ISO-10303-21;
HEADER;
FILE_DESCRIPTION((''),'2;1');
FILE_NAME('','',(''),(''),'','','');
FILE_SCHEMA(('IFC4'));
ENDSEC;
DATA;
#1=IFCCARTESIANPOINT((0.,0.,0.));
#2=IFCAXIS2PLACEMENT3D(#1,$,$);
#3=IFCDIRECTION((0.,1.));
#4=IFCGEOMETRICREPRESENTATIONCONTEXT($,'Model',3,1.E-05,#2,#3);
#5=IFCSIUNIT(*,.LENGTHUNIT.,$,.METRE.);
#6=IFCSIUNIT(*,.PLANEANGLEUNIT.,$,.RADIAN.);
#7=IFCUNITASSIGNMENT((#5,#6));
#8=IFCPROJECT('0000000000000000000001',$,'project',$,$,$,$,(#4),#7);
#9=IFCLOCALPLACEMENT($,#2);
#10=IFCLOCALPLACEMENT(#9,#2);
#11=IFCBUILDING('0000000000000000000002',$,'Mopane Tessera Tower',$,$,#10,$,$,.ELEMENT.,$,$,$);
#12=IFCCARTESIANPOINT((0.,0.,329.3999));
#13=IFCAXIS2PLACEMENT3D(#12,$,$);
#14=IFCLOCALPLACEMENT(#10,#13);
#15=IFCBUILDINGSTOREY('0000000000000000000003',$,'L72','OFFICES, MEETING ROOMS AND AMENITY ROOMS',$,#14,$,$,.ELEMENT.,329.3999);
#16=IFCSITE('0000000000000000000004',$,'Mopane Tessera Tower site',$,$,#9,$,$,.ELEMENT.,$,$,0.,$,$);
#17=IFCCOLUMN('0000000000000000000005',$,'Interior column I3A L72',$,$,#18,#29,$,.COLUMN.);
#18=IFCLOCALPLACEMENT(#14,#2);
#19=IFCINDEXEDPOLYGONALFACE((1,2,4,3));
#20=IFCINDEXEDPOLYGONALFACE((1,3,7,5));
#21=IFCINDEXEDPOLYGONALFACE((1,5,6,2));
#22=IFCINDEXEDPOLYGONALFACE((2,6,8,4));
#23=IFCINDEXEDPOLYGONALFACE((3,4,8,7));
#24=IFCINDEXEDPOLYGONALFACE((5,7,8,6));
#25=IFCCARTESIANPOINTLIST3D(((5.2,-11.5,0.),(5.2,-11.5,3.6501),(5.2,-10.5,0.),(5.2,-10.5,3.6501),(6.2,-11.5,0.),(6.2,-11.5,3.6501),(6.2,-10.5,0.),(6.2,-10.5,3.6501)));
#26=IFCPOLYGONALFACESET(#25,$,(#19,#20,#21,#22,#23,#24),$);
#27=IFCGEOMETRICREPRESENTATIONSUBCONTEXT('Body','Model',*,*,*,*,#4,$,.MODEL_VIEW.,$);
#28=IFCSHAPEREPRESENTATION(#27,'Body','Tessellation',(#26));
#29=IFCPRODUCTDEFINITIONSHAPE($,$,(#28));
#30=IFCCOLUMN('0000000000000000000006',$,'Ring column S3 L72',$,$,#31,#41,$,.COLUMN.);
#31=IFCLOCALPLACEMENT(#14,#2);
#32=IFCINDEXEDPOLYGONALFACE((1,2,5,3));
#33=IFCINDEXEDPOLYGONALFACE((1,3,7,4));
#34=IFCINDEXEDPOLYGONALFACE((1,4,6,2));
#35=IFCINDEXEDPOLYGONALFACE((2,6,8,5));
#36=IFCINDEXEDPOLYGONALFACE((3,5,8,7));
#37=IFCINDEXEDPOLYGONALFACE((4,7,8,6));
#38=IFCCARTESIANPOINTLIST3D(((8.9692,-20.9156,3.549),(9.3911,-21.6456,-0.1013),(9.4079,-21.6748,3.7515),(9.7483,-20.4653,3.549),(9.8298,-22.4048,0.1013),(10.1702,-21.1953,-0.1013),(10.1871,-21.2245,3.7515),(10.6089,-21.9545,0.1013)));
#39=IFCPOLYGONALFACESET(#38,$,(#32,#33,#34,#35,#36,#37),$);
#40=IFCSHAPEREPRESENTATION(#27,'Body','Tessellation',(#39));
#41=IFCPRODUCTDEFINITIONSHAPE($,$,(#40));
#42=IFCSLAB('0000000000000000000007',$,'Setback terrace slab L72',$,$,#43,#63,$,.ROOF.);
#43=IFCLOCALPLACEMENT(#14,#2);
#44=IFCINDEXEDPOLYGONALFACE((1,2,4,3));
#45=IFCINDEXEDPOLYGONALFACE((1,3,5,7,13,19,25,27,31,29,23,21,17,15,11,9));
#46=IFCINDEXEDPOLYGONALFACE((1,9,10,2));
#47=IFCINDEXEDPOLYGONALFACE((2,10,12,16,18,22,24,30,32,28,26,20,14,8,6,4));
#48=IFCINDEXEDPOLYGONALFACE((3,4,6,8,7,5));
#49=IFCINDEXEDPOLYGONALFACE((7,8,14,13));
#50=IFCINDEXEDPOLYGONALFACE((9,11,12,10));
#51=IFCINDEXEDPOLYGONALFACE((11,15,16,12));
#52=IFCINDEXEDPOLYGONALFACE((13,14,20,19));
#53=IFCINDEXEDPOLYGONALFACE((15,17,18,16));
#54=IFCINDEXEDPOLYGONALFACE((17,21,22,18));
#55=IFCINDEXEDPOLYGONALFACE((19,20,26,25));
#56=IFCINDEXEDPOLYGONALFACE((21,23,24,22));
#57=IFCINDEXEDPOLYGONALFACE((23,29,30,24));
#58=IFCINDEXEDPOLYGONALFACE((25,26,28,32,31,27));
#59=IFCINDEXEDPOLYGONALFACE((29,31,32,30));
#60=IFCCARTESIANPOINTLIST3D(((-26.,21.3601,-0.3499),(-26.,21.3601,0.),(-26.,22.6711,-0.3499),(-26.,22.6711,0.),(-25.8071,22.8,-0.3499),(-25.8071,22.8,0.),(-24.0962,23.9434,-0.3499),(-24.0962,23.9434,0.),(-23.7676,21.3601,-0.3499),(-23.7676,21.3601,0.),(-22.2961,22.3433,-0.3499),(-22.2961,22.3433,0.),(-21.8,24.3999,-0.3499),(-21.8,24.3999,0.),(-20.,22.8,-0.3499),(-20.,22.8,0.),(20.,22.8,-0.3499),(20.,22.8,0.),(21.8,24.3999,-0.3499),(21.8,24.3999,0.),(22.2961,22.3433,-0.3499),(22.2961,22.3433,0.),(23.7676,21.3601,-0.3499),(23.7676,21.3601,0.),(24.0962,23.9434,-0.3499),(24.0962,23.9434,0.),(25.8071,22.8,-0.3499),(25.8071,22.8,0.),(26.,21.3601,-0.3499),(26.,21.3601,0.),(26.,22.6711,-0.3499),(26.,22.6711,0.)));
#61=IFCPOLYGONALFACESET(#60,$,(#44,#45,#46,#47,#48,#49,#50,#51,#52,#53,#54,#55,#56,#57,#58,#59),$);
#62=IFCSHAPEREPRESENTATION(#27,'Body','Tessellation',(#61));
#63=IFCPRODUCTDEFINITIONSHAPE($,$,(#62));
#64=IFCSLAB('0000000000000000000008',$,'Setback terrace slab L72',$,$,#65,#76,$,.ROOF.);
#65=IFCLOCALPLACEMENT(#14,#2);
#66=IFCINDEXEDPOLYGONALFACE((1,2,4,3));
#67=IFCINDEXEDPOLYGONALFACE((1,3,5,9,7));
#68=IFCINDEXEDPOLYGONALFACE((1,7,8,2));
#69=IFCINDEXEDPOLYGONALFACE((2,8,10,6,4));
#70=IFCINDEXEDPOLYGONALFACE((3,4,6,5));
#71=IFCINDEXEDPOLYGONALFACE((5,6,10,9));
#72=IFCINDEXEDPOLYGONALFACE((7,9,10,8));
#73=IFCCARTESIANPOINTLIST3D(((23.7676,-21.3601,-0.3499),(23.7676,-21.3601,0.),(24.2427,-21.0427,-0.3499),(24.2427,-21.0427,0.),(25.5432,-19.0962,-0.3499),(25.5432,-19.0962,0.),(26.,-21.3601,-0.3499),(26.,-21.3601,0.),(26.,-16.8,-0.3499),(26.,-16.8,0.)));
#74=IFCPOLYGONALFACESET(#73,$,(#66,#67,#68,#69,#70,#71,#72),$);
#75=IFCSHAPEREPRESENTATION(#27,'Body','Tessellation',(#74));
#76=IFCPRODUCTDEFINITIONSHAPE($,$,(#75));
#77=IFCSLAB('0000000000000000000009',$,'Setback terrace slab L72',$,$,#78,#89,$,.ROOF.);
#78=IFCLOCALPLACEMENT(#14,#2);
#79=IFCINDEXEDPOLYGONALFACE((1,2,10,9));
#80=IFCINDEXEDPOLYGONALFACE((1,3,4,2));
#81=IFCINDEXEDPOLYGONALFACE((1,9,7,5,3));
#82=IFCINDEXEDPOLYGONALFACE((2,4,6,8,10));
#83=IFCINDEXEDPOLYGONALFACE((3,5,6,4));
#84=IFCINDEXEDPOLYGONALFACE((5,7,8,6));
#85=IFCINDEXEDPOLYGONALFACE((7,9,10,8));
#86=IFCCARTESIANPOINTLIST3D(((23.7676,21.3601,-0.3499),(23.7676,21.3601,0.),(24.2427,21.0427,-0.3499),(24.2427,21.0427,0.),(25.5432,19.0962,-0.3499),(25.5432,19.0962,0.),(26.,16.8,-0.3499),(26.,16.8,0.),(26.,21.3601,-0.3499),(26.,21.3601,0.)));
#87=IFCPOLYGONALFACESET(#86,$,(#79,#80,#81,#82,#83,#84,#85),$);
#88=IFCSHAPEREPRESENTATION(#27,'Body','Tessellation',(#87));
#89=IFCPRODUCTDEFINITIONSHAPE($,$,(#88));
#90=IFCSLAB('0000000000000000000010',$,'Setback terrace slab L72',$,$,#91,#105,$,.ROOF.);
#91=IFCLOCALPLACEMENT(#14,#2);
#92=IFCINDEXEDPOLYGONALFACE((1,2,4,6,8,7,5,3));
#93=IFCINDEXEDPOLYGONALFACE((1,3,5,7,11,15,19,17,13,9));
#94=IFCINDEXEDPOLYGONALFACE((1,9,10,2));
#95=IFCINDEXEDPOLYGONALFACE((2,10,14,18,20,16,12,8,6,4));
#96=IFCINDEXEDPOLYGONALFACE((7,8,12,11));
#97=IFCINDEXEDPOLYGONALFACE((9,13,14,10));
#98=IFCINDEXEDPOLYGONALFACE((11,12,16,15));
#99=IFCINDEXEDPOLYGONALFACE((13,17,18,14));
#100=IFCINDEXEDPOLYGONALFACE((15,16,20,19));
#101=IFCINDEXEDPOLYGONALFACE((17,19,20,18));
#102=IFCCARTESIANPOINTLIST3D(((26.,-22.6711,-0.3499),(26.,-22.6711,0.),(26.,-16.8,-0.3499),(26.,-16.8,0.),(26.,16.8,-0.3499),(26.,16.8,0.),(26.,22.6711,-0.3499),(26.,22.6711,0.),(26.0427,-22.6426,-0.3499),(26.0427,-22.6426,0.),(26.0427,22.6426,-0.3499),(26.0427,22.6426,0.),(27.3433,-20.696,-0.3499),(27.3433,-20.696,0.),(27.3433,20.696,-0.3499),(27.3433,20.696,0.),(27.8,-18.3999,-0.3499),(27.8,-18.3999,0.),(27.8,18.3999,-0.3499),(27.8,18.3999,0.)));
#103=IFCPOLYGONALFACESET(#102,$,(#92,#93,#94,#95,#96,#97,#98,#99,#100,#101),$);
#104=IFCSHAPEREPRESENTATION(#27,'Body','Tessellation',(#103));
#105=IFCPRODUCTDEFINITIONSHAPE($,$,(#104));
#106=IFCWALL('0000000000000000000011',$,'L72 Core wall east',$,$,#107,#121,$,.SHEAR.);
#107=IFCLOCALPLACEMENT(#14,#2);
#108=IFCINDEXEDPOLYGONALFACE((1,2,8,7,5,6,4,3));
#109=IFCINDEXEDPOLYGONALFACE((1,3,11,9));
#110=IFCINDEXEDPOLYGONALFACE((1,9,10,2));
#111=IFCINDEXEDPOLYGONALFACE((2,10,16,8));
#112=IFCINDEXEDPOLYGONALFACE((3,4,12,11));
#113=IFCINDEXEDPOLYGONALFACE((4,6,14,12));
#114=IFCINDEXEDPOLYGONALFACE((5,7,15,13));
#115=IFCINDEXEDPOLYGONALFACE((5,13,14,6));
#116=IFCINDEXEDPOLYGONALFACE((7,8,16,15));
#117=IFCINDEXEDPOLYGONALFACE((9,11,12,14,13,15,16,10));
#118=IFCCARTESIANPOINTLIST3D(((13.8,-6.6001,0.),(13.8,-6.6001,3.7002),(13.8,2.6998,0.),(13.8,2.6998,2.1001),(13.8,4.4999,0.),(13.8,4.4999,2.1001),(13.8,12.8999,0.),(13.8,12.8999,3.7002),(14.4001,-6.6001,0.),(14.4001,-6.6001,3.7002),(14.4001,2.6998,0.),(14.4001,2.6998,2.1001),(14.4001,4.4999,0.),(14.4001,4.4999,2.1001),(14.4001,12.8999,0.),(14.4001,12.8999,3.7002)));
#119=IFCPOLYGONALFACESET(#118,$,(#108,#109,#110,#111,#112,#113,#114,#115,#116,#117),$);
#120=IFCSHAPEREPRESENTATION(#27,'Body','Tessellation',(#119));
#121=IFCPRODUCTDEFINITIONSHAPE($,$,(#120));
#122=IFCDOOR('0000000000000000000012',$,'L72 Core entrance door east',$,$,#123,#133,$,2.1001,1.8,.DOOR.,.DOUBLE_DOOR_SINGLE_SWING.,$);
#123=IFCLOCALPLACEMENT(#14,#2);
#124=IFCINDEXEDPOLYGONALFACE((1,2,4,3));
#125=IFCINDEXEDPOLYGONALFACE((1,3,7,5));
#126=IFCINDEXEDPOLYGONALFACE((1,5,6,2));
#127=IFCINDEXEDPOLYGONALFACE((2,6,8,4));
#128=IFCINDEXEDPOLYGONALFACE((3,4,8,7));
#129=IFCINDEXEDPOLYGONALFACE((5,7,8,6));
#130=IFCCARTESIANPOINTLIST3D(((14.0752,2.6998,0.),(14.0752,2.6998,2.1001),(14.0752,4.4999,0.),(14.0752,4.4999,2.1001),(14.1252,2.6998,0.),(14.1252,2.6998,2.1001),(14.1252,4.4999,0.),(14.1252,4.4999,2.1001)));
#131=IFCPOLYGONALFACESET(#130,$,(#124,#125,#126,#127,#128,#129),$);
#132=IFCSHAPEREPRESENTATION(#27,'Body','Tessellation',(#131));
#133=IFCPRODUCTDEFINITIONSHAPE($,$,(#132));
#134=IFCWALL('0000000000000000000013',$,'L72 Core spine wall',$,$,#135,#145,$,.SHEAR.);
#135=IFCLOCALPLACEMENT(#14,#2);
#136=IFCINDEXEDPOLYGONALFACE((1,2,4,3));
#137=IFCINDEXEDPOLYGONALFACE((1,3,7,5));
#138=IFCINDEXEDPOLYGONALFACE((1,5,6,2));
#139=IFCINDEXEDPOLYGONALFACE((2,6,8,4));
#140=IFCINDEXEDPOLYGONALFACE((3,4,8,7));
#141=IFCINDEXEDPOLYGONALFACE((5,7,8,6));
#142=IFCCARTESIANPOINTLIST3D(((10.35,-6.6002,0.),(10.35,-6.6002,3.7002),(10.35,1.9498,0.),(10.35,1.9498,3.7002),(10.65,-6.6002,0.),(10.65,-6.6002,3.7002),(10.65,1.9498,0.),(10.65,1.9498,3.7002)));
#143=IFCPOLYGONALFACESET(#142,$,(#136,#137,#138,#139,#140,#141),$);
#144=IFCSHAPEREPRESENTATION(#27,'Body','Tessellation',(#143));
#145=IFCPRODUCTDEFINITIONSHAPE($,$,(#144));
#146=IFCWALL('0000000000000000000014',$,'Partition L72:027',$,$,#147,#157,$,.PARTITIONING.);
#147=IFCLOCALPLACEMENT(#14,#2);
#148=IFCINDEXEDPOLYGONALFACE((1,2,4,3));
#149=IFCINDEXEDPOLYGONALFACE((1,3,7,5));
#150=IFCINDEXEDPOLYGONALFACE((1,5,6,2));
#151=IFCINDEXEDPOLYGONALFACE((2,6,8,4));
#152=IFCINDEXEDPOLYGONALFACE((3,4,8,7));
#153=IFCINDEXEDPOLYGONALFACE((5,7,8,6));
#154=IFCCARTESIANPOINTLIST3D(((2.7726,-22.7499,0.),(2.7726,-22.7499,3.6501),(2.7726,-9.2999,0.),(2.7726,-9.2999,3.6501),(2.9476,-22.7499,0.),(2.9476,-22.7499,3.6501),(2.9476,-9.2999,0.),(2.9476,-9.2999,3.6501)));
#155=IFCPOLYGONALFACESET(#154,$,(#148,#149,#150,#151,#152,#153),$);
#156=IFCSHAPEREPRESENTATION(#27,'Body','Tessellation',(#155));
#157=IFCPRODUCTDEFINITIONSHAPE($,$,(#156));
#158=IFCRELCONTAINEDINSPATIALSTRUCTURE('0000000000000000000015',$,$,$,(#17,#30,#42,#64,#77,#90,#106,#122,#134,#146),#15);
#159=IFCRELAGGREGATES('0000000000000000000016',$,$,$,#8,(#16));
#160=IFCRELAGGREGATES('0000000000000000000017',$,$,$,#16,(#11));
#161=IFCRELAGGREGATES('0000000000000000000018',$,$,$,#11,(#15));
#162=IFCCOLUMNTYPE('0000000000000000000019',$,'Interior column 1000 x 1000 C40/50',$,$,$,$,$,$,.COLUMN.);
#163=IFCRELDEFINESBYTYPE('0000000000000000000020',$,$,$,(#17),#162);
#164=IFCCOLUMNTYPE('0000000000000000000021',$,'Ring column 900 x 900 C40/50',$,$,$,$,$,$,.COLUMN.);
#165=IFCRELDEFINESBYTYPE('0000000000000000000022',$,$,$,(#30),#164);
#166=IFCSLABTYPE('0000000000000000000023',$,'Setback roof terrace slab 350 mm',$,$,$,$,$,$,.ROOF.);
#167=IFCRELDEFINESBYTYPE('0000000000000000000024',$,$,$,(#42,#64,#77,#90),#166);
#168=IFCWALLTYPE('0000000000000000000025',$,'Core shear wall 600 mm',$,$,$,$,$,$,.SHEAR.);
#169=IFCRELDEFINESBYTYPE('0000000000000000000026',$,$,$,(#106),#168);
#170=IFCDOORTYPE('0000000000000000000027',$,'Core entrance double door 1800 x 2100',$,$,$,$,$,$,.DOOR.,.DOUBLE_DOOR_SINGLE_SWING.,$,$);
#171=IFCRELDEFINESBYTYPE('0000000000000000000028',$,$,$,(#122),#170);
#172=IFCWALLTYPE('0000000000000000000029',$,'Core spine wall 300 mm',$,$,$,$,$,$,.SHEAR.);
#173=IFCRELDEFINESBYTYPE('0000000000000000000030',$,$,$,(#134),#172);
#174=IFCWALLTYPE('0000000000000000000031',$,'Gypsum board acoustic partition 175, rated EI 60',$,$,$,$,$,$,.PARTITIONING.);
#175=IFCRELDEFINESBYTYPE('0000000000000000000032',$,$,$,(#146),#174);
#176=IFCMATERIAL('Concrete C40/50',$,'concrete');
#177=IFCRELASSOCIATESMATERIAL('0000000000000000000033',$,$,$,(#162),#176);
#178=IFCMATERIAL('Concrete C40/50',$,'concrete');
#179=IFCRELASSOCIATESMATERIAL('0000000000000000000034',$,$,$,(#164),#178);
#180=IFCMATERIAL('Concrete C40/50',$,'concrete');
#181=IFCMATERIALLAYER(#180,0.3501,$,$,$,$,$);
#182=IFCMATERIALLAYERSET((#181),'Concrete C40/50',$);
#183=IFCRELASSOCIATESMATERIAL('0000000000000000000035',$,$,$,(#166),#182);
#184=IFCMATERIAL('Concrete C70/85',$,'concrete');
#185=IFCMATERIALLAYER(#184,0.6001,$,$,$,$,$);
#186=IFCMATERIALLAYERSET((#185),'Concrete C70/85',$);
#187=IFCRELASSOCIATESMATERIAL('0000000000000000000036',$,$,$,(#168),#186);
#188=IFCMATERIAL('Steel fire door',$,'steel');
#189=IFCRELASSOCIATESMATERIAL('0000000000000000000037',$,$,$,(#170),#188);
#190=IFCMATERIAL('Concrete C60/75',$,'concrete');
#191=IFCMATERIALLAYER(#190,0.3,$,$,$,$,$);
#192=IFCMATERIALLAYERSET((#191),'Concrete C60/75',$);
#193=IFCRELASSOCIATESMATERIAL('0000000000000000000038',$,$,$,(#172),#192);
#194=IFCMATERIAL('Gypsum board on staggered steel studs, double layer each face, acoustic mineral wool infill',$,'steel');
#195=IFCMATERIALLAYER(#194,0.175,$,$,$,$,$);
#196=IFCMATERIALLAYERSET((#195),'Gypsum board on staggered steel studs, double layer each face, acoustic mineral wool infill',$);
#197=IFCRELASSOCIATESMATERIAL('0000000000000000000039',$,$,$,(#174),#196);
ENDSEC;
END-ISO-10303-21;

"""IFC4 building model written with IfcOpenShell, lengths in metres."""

from ifc_helpers import new_model, si_unit, direction, frame, frame_2d, origin, origin_2d, place, context, subcontext, project, spatial, polyline, rectangle, outline, extrude, material, layer, layer_set, material_profile, profile_set, type_object, element, fill, save


model = new_model("IFC4")

# Units and contexts
model_context = context("Model", 3, precision=1e-05, world=origin(), true_north=direction((0.0, 1.0)))
body_context = subcontext(model_context, "Body", "Model", "MODEL_VIEW")
ifc_project = project(units=[si_unit("LENGTHUNIT", "METRE"), si_unit("PLANEANGLEUNIT", "RADIAN")], contexts=[model_context])

# Site, building, storey
site_placement = place(None, origin())
site = spatial("IfcSite", under=ifc_project, at=site_placement, Name="Mopane Tessera Tower site", CompositionType="ELEMENT", RefElevation=0.0)
building_placement = place(site_placement, origin())
building = spatial("IfcBuilding", under=site, at=building_placement, Name="Mopane Tessera Tower", CompositionType="ELEMENT")
storey_placement = place(building_placement, frame((0.0, 0.0, 329.3999)))
storey = spatial("IfcBuildingStorey", under=building, at=storey_placement, Name="L72", Description="OFFICES, MEETING ROOMS AND AMENITY ROOMS", CompositionType="ELEMENT", Elevation=329.3999)

# Columns
ifc_material_1 = material(Name="Concrete C40/50", Category="concrete")
ifc_material_profile_1 = material_profile(ifc_material_1, rectangle(XDim=1.0, YDim=1.0, at=origin_2d()))
ifc_profile_set_1 = profile_set([ifc_material_profile_1], Name="Concrete C40/50")
column_type_1 = type_object("IfcColumnType", Name="Interior column 1000 x 1000 C40/50", PredefinedType="COLUMN", material=ifc_profile_set_1)
column_1_placement = place(storey_placement, frame((5.7, -11.0, 0.0), z_axis=(0.0, 0.0, 1.0), x_axis=(1.0, 0.0, 0.0)))
element("IfcColumn", 1, at=column_1_placement, inside=storey, type_object=column_type_1, Name="Interior column I3A L72", PredefinedType="COLUMN", context=body_context, shape_type="SweptSolid", body=[
    extrude(rectangle(XDim=1.0, YDim=1.0, at=origin_2d()), origin(), (0.0, 0.0, 1.0), 3.6501),
])
ifc_material_2 = material(Name="Concrete C40/50", Category="concrete")
ifc_material_profile_2 = material_profile(ifc_material_2, rectangle(XDim=0.8999, YDim=0.8999, at=origin_2d()))
ifc_profile_set_2 = profile_set([ifc_material_profile_2], Name="Concrete C40/50")
column_type_2 = type_object("IfcColumnType", Name="Ring column 900 x 900 C40/50", PredefinedType="COLUMN", material=ifc_profile_set_2)
column_2_placement = place(storey_placement, frame((10.0, -21.8, 0.0), z_axis=(-0.112612, 0.194856, 0.974346), x_axis=(-0.865809, -0.500374, 0.0)))
element("IfcColumn", 2, at=column_2_placement, inside=storey, type_object=column_type_2, Name="Ring column S3 L72", PredefinedType="COLUMN", context=body_context, shape_type="SweptSolid", body=[
    extrude(rectangle(XDim=0.8999, YDim=0.8999, at=origin_2d()), origin(), (0.0, 0.0, 1.0), 3.7463),
])

# Slabs
ifc_material_3 = material(Name="Concrete C40/50", Category="concrete")
ifc_layer_1 = layer(ifc_material_3, 0.3501)
ifc_layer_set_1 = layer_set([ifc_layer_1], Name="Concrete C40/50")
slab_type = type_object("IfcSlabType", Name="Setback roof terrace slab 350 mm", PredefinedType="ROOF", material=ifc_layer_set_1)
slab_1_placement = place(storey_placement, frame((0.0, 0.0, -0.3499)))
element("IfcSlab", 3, at=slab_1_placement, inside=storey, type_object=slab_type, Name="Setback terrace slab L72", PredefinedType="ROOF", context=body_context, shape_type="SweptSolid", body=[
    extrude(outline(polyline([(20.0, 22.8), (22.2961, 22.3433), (23.7676, 21.3601), (26.0, 21.3601), (26.0, 22.6711), (25.8071, 22.8), (24.0962, 23.9434), (21.8, 24.3999), (-21.8, 24.3999), (-24.0962, 23.9434), (-25.8071, 22.8), (-26.0, 22.6711), (-26.0, 21.3601), (-23.7676, 21.3601), (-22.2961, 22.3433), (-20.0, 22.8), (20.0, 22.8)])), origin(), (0.0, 0.0, 1.0), 0.3499),
])
slab_2_placement = place(storey_placement, frame((0.0, 0.0, -0.3499)))
element("IfcSlab", 4, at=slab_2_placement, inside=storey, type_object=slab_type, Name="Setback terrace slab L72", PredefinedType="ROOF", context=body_context, shape_type="SweptSolid", body=[
    extrude(outline(polyline([(23.7676, -21.3601), (26.0, -21.3601), (26.0, -16.8), (25.5432, -19.0962), (24.2427, -21.0427), (23.7676, -21.3601)])), origin(), (0.0, 0.0, 1.0), 0.3499),
])
slab_3_placement = place(storey_placement, frame((0.0, 0.0, -0.3499)))
element("IfcSlab", 5, at=slab_3_placement, inside=storey, type_object=slab_type, Name="Setback terrace slab L72", PredefinedType="ROOF", context=body_context, shape_type="SweptSolid", body=[
    extrude(outline(polyline([(26.0, 16.8), (26.0, 21.3601), (23.7676, 21.3601), (24.2427, 21.0427), (25.5432, 19.0962), (26.0, 16.8)])), origin(), (0.0, 0.0, 1.0), 0.3499),
])
slab_4_placement = place(storey_placement, frame((0.0, 0.0, -0.3499)))
element("IfcSlab", 6, at=slab_4_placement, inside=storey, type_object=slab_type, Name="Setback terrace slab L72", PredefinedType="ROOF", context=body_context, shape_type="SweptSolid", body=[
    extrude(outline(polyline([(26.0, 22.6711), (26.0, 16.8), (26.0, -16.8), (26.0, -22.6711), (26.0427, -22.6426), (27.3433, -20.696), (27.8, -18.3999), (27.8, 18.3999), (27.3433, 20.696), (26.0427, 22.6426), (26.0, 22.6711)])), origin(), (0.0, 0.0, 1.0), 0.3499),
])

# Wall, opening, door
ifc_material_4 = material(Name="Concrete C70/85", Category="concrete")
ifc_layer_2 = layer(ifc_material_4, 0.6001)
ifc_layer_set_2 = layer_set([ifc_layer_2], Name="Concrete C70/85")
wall_type_1 = type_object("IfcWallType", Name="Core shear wall 600 mm", PredefinedType="SHEAR", material=ifc_layer_set_2)
wall_1_placement = place(storey_placement, frame((14.1001, -6.6001, 0.0), z_axis=(0.0, 0.0, 1.0), x_axis=(0.0, 1.0, 0.0)))
wall_1 = element("IfcWall", 7, at=wall_1_placement, inside=storey, type_object=wall_type_1, Name="L72 Core wall east", PredefinedType="SHEAR", context=body_context, shape_type="SweptSolid", body=[
    extrude(rectangle(XDim=19.5, YDim=0.6001, at=frame_2d((9.75, 0.0))), origin(), (0.0, 0.0, 1.0), 3.7002),
])
opening_1_placement = place(wall_1_placement, frame((9.3, 0.0, 0.0)))
opening_1 = element("IfcOpeningElement", 8, at=opening_1_placement, cuts=wall_1, PredefinedType="OPENING", context=body_context, shape_type="SweptSolid", body=[
    extrude(rectangle(XDim=1.8, YDim=2.1001, at=frame_2d((0.8999, 1.05))), frame((0.0, 0.312, 0.0), z_axis=(0.0, -1.0, 0.0), x_axis=(1.0, 0.0, 0.0)), (0.0, 0.0, 1.0), 0.624),
])
ifc_material_5 = material(Name="Steel fire door", Category="steel")
door_type_1 = type_object("IfcDoorType", Name="Core entrance double door 1800 x 2100", OperationType="DOUBLE_DOOR_SINGLE_SWING", PredefinedType="DOOR", material=ifc_material_5)
door_1_placement = place(opening_1_placement, origin())
door_1 = element("IfcDoor", 9, at=door_1_placement, inside=storey, type_object=door_type_1, Name="L72 Core entrance door east", OperationType="DOUBLE_DOOR_SINGLE_SWING", OverallHeight=2.1001, OverallWidth=1.8, PredefinedType="DOOR", context=body_context, shape_type="SweptSolid", body=[
    extrude(rectangle(XDim=1.8, YDim=2.1001, at=frame_2d((0.8999, 1.05))), frame((0.0, 0.0249, 0.0), z_axis=(0.0, -1.0, 0.0), x_axis=(1.0, 0.0, 0.0)), (0.0, 0.0, 1.0), 0.05),
])
fill(opening_1, door_1)

# Walls
ifc_material_6 = material(Name="Concrete C60/75", Category="concrete")
ifc_layer_3 = layer(ifc_material_6, 0.3)
ifc_layer_set_3 = layer_set([ifc_layer_3], Name="Concrete C60/75")
wall_type_2 = type_object("IfcWallType", Name="Core spine wall 300 mm", PredefinedType="SHEAR", material=ifc_layer_set_3)
wall_2_placement = place(storey_placement, frame((10.5, -6.6001, 0.0), z_axis=(0.0, 0.0, 1.0), x_axis=(0.0, 1.0, 0.0)))
element("IfcWall", 10, at=wall_2_placement, inside=storey, type_object=wall_type_2, Name="L72 Core spine wall", PredefinedType="SHEAR", context=body_context, shape_type="SweptSolid", body=[
    extrude(rectangle(XDim=8.55, YDim=0.3, at=frame_2d((4.2749, 0.0))), origin(), (0.0, 0.0, 1.0), 3.7002),
])
ifc_material_7 = material(Name="Gypsum board on staggered steel studs, double layer each face, acoustic mineral wool infill", Category="steel")
ifc_layer_4 = layer(ifc_material_7, 0.175)
ifc_layer_set_4 = layer_set([ifc_layer_4], Name="Gypsum board on staggered steel studs, double layer each face, acoustic mineral wool infill")
wall_type_3 = type_object("IfcWallType", Name="Gypsum board acoustic partition 175, rated EI 60", PredefinedType="PARTITIONING", material=ifc_layer_set_4)
wall_3_placement = place(storey_placement, frame((2.8601, -22.75, 0.0), z_axis=(0.0, 0.0, 1.0), x_axis=(0.0, 1.0, 0.0)))
element("IfcWall", 11, at=wall_3_placement, inside=storey, type_object=wall_type_3, Name="Partition L72:027", PredefinedType="PARTITIONING", context=body_context, shape_type="SweptSolid", body=[
    extrude(rectangle(XDim=13.45, YDim=0.175, at=frame_2d((6.7251, 0.0))), origin(), (0.0, 0.0, 1.0), 3.6501),
])

save(model, "model.ifc")
